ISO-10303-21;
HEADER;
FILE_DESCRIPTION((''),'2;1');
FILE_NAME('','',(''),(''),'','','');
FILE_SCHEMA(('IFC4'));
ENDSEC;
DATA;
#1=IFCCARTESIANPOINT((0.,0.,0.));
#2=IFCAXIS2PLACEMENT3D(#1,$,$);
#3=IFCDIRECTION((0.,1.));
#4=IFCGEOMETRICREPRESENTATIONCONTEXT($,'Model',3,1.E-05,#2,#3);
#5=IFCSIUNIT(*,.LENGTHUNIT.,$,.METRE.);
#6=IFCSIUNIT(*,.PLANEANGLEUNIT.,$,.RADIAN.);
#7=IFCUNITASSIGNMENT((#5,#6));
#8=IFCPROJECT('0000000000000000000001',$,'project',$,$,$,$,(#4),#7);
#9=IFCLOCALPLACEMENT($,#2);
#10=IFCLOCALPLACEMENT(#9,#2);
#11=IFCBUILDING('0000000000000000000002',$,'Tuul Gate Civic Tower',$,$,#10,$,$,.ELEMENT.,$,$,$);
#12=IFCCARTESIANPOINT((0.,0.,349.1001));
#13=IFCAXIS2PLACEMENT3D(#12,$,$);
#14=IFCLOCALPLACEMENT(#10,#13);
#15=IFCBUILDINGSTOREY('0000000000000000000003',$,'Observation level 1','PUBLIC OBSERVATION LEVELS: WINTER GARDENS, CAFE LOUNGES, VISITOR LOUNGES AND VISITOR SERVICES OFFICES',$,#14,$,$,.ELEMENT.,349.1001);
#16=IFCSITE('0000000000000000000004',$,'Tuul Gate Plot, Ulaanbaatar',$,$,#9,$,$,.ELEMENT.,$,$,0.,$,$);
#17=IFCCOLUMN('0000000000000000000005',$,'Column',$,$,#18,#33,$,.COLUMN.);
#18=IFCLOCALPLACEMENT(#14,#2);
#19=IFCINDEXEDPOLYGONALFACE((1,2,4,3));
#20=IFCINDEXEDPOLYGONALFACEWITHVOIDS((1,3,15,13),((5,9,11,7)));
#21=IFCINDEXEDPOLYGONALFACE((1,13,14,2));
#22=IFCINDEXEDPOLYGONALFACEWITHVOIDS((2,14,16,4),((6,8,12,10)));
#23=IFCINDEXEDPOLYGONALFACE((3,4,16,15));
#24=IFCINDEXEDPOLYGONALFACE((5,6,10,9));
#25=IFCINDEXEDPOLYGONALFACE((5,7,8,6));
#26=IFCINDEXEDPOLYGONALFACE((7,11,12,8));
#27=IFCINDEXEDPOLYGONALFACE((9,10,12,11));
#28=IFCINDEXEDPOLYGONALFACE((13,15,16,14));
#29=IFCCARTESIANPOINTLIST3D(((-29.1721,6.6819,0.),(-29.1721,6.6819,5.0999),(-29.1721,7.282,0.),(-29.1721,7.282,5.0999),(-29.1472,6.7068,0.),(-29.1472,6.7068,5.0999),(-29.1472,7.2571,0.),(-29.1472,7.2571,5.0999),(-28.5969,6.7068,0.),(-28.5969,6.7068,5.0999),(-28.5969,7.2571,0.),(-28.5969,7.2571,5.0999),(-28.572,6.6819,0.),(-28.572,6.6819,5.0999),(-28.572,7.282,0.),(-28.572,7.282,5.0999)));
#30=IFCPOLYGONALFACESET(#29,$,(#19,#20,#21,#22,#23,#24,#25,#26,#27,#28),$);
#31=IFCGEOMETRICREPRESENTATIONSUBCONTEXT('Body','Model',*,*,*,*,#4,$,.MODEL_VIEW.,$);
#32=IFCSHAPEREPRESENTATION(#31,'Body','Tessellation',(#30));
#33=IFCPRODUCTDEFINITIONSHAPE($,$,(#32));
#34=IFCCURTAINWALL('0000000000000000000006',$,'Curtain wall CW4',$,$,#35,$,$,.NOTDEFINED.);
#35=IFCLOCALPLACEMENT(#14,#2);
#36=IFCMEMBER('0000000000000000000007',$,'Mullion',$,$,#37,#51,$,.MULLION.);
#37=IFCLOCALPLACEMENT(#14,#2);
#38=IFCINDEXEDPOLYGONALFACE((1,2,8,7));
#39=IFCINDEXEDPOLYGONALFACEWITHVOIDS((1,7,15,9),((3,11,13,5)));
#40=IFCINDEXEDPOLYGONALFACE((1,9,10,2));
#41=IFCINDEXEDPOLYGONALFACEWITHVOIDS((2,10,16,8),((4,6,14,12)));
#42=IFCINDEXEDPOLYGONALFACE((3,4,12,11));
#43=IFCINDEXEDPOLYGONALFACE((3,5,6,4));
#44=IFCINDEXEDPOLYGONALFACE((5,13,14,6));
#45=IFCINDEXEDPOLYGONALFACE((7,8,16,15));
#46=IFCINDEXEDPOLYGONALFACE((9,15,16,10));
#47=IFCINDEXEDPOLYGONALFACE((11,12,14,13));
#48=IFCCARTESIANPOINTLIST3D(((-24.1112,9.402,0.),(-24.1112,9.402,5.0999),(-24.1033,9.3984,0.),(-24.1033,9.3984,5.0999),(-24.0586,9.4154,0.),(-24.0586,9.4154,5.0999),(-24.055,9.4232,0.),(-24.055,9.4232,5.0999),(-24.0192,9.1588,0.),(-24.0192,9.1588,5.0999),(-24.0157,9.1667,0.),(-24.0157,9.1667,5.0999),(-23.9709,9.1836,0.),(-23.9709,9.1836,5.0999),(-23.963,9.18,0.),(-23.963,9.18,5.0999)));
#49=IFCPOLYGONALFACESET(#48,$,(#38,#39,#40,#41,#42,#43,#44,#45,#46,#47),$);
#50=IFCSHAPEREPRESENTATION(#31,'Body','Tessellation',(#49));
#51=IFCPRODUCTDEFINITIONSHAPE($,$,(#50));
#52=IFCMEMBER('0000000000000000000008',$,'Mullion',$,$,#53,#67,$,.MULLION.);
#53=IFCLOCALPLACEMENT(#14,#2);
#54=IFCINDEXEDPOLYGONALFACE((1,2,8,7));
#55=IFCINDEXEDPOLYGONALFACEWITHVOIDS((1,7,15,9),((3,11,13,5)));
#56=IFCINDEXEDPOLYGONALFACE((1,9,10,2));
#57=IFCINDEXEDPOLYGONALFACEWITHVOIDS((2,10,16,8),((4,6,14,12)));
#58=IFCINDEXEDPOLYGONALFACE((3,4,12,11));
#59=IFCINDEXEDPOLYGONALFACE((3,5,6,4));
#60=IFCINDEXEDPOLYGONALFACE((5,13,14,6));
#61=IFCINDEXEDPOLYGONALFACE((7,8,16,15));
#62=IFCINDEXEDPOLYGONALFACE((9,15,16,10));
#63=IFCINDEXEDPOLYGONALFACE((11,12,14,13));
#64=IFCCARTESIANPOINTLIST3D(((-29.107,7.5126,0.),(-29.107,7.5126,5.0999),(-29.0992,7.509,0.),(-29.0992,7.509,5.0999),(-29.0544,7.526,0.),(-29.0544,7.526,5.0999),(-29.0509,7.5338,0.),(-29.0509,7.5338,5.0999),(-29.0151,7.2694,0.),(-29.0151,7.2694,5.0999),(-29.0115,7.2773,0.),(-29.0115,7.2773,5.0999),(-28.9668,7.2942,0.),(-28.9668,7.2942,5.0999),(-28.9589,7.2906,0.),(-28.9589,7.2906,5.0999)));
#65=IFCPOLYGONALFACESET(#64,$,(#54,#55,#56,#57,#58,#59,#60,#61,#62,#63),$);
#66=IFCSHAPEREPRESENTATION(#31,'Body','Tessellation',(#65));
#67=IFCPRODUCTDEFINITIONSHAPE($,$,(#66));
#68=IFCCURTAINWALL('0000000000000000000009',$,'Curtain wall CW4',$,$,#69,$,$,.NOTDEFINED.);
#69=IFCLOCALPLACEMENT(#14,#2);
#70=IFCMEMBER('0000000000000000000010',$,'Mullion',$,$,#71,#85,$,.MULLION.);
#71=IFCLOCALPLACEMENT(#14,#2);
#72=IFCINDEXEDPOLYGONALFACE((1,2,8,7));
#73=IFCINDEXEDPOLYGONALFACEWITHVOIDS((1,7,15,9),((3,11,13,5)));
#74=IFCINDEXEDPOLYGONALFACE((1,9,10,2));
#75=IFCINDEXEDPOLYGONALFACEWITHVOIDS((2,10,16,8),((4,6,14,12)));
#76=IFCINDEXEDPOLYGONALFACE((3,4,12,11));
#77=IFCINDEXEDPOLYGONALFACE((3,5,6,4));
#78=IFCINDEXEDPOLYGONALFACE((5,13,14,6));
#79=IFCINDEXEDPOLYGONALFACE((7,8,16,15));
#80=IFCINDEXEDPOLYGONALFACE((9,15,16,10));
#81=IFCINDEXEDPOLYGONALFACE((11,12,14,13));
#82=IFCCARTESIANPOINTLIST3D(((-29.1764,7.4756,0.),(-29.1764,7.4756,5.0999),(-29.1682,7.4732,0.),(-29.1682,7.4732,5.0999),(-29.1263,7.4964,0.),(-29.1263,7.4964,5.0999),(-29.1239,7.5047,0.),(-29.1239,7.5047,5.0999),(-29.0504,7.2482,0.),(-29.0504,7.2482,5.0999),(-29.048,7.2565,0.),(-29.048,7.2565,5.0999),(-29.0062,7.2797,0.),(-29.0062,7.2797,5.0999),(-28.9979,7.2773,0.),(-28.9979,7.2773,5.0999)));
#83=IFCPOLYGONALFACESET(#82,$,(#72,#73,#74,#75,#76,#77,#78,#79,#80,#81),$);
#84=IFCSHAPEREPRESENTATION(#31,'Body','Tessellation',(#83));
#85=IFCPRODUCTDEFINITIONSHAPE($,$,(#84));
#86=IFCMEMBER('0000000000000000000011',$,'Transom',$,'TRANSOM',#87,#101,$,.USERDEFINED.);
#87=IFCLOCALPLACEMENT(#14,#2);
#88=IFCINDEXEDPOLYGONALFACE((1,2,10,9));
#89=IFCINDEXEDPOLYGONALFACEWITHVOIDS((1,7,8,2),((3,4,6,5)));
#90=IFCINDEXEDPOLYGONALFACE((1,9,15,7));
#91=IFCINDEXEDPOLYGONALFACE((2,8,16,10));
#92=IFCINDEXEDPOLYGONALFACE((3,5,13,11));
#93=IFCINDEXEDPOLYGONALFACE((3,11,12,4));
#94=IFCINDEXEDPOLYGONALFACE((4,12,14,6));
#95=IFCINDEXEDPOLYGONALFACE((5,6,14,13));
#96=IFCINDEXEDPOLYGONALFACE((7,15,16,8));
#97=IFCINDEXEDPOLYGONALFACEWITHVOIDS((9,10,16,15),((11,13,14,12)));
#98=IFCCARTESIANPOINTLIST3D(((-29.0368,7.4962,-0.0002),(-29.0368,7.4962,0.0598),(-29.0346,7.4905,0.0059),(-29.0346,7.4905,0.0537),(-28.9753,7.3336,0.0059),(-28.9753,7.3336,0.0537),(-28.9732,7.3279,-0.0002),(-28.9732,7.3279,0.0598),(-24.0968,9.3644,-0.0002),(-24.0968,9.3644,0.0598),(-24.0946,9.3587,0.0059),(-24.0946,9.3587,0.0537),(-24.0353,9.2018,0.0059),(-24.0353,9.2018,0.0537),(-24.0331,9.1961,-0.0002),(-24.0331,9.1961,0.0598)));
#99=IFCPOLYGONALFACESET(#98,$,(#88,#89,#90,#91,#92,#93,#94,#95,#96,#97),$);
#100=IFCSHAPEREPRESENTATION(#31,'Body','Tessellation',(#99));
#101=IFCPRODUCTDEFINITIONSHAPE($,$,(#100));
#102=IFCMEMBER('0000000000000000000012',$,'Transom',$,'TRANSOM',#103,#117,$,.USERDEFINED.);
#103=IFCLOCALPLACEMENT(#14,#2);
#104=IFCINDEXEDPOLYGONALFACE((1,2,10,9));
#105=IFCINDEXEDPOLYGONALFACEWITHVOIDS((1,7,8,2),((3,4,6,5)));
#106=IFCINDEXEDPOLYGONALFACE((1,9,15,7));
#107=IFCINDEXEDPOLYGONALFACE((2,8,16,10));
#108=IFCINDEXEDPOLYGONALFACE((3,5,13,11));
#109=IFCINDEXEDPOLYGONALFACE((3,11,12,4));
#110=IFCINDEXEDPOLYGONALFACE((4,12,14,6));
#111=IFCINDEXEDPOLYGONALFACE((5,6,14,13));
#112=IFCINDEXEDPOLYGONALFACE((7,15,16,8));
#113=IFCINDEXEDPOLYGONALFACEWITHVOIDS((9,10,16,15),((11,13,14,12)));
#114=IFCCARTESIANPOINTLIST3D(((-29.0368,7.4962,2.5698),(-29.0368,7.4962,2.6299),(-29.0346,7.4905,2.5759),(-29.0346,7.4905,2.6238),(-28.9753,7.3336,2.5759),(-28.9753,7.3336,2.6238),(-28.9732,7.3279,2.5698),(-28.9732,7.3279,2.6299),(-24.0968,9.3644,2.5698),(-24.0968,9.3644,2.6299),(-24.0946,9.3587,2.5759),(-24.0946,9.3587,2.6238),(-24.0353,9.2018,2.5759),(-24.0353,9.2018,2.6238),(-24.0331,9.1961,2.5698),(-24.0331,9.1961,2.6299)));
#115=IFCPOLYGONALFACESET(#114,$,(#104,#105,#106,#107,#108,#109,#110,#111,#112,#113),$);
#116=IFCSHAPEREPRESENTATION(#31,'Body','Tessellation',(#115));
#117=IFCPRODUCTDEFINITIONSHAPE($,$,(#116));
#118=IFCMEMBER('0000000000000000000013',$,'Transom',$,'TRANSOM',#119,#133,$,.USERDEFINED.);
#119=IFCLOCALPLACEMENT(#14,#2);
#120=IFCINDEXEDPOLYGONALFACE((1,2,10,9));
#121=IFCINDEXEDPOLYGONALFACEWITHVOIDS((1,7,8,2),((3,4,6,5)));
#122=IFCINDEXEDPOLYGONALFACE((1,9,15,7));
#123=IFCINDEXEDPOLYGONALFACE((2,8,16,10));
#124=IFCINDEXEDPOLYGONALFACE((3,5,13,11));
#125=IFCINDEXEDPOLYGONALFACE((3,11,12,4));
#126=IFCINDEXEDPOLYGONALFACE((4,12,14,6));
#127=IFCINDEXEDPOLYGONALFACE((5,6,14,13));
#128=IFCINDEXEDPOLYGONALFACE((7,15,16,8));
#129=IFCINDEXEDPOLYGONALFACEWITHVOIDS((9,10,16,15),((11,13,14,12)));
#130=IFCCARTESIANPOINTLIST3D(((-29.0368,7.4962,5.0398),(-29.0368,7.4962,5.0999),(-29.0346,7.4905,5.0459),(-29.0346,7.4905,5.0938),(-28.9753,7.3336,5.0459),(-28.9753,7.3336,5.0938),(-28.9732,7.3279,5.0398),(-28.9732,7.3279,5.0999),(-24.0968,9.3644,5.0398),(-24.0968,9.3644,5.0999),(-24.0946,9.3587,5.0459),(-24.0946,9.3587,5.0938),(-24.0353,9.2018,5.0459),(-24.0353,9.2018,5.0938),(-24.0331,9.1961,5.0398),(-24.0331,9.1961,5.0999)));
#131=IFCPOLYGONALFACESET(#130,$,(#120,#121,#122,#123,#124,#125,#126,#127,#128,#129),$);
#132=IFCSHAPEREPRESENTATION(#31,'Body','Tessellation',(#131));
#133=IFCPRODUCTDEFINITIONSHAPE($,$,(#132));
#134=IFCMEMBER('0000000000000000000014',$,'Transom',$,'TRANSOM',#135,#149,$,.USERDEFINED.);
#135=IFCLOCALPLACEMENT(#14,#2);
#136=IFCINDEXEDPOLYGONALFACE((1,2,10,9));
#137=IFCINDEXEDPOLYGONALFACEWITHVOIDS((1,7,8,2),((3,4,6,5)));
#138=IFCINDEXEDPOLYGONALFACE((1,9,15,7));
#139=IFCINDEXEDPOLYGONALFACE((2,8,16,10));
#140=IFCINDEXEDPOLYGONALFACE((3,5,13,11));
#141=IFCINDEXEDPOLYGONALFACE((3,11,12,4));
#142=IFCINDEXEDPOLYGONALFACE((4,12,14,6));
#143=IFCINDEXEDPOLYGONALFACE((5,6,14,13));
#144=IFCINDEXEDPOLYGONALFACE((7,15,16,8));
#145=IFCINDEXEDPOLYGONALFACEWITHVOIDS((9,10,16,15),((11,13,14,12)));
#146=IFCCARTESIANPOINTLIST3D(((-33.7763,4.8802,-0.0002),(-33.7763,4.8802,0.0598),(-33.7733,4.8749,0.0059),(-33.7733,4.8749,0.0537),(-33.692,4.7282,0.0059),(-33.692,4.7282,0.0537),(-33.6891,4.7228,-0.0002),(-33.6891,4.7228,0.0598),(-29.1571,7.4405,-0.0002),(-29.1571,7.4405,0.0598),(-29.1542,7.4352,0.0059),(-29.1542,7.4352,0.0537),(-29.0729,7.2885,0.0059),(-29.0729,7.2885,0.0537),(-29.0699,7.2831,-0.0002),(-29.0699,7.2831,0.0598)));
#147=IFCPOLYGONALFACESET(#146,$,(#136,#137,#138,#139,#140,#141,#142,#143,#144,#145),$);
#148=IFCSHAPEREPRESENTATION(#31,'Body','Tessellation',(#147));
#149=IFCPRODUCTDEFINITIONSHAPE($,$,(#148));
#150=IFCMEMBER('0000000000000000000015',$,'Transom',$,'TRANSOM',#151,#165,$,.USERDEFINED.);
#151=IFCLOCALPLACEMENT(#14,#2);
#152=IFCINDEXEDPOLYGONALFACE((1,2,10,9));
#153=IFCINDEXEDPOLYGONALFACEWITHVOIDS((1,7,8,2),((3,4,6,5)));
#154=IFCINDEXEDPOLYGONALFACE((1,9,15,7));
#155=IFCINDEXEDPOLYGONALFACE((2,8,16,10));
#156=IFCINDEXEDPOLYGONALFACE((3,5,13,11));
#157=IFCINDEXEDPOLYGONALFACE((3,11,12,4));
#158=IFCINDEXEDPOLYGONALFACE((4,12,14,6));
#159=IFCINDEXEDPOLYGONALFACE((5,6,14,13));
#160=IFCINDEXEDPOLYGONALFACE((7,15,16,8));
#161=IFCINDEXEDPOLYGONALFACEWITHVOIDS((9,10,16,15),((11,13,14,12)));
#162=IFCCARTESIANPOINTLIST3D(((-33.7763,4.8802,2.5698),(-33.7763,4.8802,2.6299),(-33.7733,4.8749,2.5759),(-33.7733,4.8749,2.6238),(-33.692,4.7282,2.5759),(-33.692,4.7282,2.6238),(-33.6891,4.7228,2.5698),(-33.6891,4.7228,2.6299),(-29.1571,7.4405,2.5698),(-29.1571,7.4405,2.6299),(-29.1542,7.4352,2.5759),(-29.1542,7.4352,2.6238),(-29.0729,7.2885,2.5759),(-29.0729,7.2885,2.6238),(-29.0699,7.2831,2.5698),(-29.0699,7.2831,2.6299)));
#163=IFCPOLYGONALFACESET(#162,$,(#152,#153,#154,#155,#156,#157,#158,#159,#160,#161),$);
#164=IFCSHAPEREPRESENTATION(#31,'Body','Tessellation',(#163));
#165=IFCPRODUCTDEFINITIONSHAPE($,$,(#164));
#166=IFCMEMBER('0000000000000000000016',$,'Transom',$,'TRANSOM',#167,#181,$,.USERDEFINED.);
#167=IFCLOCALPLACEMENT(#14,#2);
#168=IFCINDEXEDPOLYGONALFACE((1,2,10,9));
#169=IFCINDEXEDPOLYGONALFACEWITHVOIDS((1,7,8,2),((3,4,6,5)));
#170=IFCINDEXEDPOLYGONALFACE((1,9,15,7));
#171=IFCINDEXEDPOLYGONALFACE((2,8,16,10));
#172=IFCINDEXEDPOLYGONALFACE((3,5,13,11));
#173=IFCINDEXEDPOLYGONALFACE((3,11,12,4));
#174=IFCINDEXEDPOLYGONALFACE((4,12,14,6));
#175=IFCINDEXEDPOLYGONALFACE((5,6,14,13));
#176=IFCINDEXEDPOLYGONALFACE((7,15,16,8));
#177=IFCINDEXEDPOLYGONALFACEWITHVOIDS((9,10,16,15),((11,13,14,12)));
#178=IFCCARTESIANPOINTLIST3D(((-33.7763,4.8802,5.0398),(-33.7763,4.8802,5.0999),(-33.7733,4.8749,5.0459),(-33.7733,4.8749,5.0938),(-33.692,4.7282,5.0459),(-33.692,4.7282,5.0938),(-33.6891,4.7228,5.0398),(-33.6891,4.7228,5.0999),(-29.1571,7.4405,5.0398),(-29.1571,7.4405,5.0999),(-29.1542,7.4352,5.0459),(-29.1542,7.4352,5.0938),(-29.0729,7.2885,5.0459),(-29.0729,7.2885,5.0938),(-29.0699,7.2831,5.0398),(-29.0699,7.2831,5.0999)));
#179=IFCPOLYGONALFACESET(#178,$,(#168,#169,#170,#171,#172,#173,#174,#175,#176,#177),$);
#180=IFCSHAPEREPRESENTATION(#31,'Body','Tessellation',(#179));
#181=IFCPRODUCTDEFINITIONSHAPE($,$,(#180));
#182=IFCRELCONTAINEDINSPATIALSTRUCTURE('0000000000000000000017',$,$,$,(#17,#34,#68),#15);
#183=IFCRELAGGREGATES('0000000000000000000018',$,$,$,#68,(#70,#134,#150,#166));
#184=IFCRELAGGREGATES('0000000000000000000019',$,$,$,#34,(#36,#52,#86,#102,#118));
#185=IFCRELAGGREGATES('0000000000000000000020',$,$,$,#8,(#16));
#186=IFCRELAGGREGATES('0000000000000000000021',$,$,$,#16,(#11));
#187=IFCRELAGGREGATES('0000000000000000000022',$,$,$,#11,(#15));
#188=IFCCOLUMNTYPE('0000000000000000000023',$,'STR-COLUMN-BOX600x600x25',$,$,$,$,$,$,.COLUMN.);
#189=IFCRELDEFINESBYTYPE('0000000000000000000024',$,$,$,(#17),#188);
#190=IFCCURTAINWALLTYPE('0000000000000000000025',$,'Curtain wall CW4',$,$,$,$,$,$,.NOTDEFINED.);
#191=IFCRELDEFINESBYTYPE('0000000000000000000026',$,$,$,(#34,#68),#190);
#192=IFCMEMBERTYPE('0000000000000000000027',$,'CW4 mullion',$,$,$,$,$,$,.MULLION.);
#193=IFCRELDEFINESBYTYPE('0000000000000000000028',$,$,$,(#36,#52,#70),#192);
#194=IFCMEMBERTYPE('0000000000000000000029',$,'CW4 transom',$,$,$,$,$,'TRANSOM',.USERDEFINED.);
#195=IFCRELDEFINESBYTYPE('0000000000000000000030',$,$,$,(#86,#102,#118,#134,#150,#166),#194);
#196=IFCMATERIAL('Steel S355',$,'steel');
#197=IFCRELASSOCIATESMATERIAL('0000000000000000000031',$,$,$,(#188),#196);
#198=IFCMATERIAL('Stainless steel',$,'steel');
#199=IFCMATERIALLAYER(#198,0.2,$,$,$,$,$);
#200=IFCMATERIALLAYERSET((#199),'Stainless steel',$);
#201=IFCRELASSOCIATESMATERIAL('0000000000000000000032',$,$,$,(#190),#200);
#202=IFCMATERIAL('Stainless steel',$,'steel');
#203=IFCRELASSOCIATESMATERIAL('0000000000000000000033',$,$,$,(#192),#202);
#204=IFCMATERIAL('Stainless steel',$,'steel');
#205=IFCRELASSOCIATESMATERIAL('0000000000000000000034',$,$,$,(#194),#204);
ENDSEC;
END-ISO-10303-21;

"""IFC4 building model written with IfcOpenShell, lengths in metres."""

from ifc_helpers import new_model, si_unit, direction, frame, origin, origin_2d, place, context, subcontext, project, spatial, hollow_rectangle, extrude, material, layer, layer_set, material_profile, profile_set, type_object, element, aggregate, save


model = new_model("IFC4")

# Units and contexts
model_context = context("Model", 3, precision=1e-05, world=origin(), true_north=direction((0.0, 1.0)))
body_context = subcontext(model_context, "Body", "Model", "MODEL_VIEW")
ifc_project = project(units=[si_unit("LENGTHUNIT", "METRE"), si_unit("PLANEANGLEUNIT", "RADIAN")], contexts=[model_context])

# Site, building, storey
site_placement = place(None, origin())
site = spatial("IfcSite", under=ifc_project, at=site_placement, Name="Tuul Gate Plot, Ulaanbaatar", CompositionType="ELEMENT", RefElevation=0.0)
building_placement = place(site_placement, origin())
building = spatial("IfcBuilding", under=site, at=building_placement, Name="Tuul Gate Civic Tower", CompositionType="ELEMENT")
storey_placement = place(building_placement, frame((0.0, 0.0, 349.1001)))
storey = spatial("IfcBuildingStorey", under=building, at=storey_placement, Name="Observation level 1", Description="PUBLIC OBSERVATION LEVELS: WINTER GARDENS, CAFE LOUNGES, VISITOR LOUNGES AND VISITOR SERVICES OFFICES", CompositionType="ELEMENT", Elevation=349.1001)

# Column
ifc_material_1 = material(Name="Steel S355", Category="steel")
ifc_material_profile_1 = material_profile(ifc_material_1, hollow_rectangle(XDim=0.6001, YDim=0.6001, WallThickness=0.0249, at=origin_2d()), Name="BOX600x600x25")
ifc_profile_set_1 = profile_set([ifc_material_profile_1], Name="Steel S355")
column_type = type_object("IfcColumnType", Name="STR-COLUMN-BOX600x600x25", PredefinedType="COLUMN", material=ifc_profile_set_1)
column_placement = place(storey_placement, frame((-28.8721, 6.9819, 0.0), z_axis=(0.0, 0.0, 1.0), x_axis=(1.0, 0.0, 0.0)))
element("IfcColumn", 1, at=column_placement, inside=storey, type_object=column_type, Name="Column", PredefinedType="COLUMN", context=body_context, shape_type="SweptSolid", body=[
    extrude(hollow_rectangle(XDim=0.6001, YDim=0.6001, WallThickness=0.0249, at=origin_2d()), origin(), (0.0, 0.0, 1.0), 5.0999),
])

# Curtain wall, members
ifc_material_2 = material(Name="Stainless steel", Category="steel")
ifc_layer_1 = layer(ifc_material_2, 0.2)
ifc_layer_set_1 = layer_set([ifc_layer_1], Name="Stainless steel")
curtain_wall_type = type_object("IfcCurtainWallType", Name="Curtain wall CW4", PredefinedType="NOTDEFINED", material=ifc_layer_set_1)
curtain_wall_1_placement = place(storey_placement, origin())
curtain_wall_1 = element("IfcCurtainWall", 2, at=curtain_wall_1_placement, inside=storey, type_object=curtain_wall_type, Name="Curtain wall CW4", PredefinedType="NOTDEFINED")
ifc_material_3 = material(Name="Stainless steel", Category="steel")
ifc_material_profile_2 = material_profile(ifc_material_3, hollow_rectangle(XDim=0.26, YDim=0.0601, WallThickness=0.0061, at=origin_2d()), Name="CW4 mullion")
ifc_profile_set_2 = profile_set([ifc_material_profile_2], Name="Stainless steel")
member_type_1 = type_object("IfcMemberType", Name="CW4 mullion", PredefinedType="MULLION", material=ifc_profile_set_2)
member_1_placement = place(storey_placement, frame((-24.0371, 9.291, 0.0), z_axis=(0.0, 0.0, 1.0), x_axis=(0.353734, -0.935346, 0.0)))
member_1 = element("IfcMember", 3, at=member_1_placement, type_object=member_type_1, Name="Mullion", PredefinedType="MULLION", context=body_context, shape_type="SweptSolid", body=[
    extrude(hollow_rectangle(XDim=0.26, YDim=0.0601, WallThickness=0.0061, at=origin_2d()), origin(), (0.0, 0.0, 1.0), 5.0999),
])
member_2_placement = place(storey_placement, frame((-29.033, 7.4016, 0.0), z_axis=(0.0, 0.0, 1.0), x_axis=(0.353734, -0.935346, 0.0)))
member_2 = element("IfcMember", 4, at=member_2_placement, type_object=member_type_1, Name="Mullion", PredefinedType="MULLION", context=body_context, shape_type="SweptSolid", body=[
    extrude(hollow_rectangle(XDim=0.26, YDim=0.0601, WallThickness=0.0061, at=origin_2d()), origin(), (0.0, 0.0, 1.0), 5.0999),
])

# Curtain wall, member
curtain_wall_2_placement = place(storey_placement, origin())
curtain_wall_2 = element("IfcCurtainWall", 5, at=curtain_wall_2_placement, inside=storey, type_object=curtain_wall_type, Name="Curtain wall CW4", PredefinedType="NOTDEFINED")
member_3_placement = place(storey_placement, frame((-29.0872, 7.3765, 0.0), z_axis=(0.0, 0.0, 1.0), x_axis=(0.484789, -0.874631, 0.0)))
member_3 = element("IfcMember", 6, at=member_3_placement, type_object=member_type_1, Name="Mullion", PredefinedType="MULLION", context=body_context, shape_type="SweptSolid", body=[
    extrude(hollow_rectangle(XDim=0.26, YDim=0.0601, WallThickness=0.0061, at=origin_2d()), origin(), (0.0, 0.0, 1.0), 5.0999),
])

# Members
ifc_material_4 = material(Name="Stainless steel", Category="steel")
ifc_material_profile_3 = material_profile(ifc_material_4, hollow_rectangle(XDim=0.1799, YDim=0.0601, WallThickness=0.0061, at=origin_2d()), Name="CW4 transom")
ifc_profile_set_3 = profile_set([ifc_material_profile_3], Name="Stainless steel")
member_type_2 = type_object("IfcMemberType", Name="CW4 transom", ElementType="TRANSOM", PredefinedType="USERDEFINED", material=ifc_profile_set_3)
member_4_placement = place(storey_placement, frame((-24.0649, 9.2803, 0.0298), z_axis=(-0.935349, -0.353726, 0.0), x_axis=(0.353726, -0.935349, 0.0)))
member_4 = element("IfcMember", 7, at=member_4_placement, type_object=member_type_2, Name="Transom", ObjectType="TRANSOM", PredefinedType="USERDEFINED", context=body_context, shape_type="SweptSolid", body=[
    extrude(hollow_rectangle(XDim=0.1799, YDim=0.0601, WallThickness=0.0061, at=origin_2d()), origin(), (0.0, 0.0, 1.0), 5.2815),
])
member_5_placement = place(storey_placement, frame((-24.0649, 9.2803, 2.5999), z_axis=(-0.935349, -0.353726, 0.0), x_axis=(0.353726, -0.935349, 0.0)))
member_5 = element("IfcMember", 8, at=member_5_placement, type_object=member_type_2, Name="Transom", ObjectType="TRANSOM", PredefinedType="USERDEFINED", context=body_context, shape_type="SweptSolid", body=[
    extrude(hollow_rectangle(XDim=0.1799, YDim=0.0601, WallThickness=0.0061, at=origin_2d()), origin(), (0.0, 0.0, 1.0), 5.2815),
])
member_6_placement = place(storey_placement, frame((-24.0649, 9.2803, 5.0698), z_axis=(-0.935349, -0.353726, 0.0), x_axis=(0.353726, -0.935349, 0.0)))
member_6 = element("IfcMember", 9, at=member_6_placement, type_object=member_type_2, Name="Transom", ObjectType="TRANSOM", PredefinedType="USERDEFINED", context=body_context, shape_type="SweptSolid", body=[
    extrude(hollow_rectangle(XDim=0.1799, YDim=0.0601, WallThickness=0.0061, at=origin_2d()), origin(), (0.0, 0.0, 1.0), 5.2815),
])
member_7_placement = place(storey_placement, frame((-29.1135, 7.3618, 0.0298), z_axis=(-0.87463, -0.484791, 0.0), x_axis=(0.484791, -0.87463, 0.0)))
member_7 = element("IfcMember", 10, at=member_7_placement, type_object=member_type_2, Name="Transom", ObjectType="TRANSOM", PredefinedType="USERDEFINED", context=body_context, shape_type="SweptSolid", body=[
    extrude(hollow_rectangle(XDim=0.1799, YDim=0.0601, WallThickness=0.0061, at=origin_2d()), origin(), (0.0, 0.0, 1.0), 5.2812),
])
member_8_placement = place(storey_placement, frame((-29.1135, 7.3618, 2.5999), z_axis=(-0.87463, -0.484791, 0.0), x_axis=(0.484791, -0.87463, 0.0)))
member_8 = element("IfcMember", 11, at=member_8_placement, type_object=member_type_2, Name="Transom", ObjectType="TRANSOM", PredefinedType="USERDEFINED", context=body_context, shape_type="SweptSolid", body=[
    extrude(hollow_rectangle(XDim=0.1799, YDim=0.0601, WallThickness=0.0061, at=origin_2d()), origin(), (0.0, 0.0, 1.0), 5.2812),
])
member_9_placement = place(storey_placement, frame((-29.1135, 7.3618, 5.0698), z_axis=(-0.87463, -0.484791, 0.0), x_axis=(0.484791, -0.87463, 0.0)))
member_9 = element("IfcMember", 12, at=member_9_placement, type_object=member_type_2, Name="Transom", ObjectType="TRANSOM", PredefinedType="USERDEFINED", context=body_context, shape_type="SweptSolid", body=[
    extrude(hollow_rectangle(XDim=0.1799, YDim=0.0601, WallThickness=0.0061, at=origin_2d()), origin(), (0.0, 0.0, 1.0), 5.2812),
])
aggregate(curtain_wall_2, [member_3, member_7, member_8, member_9])

aggregate(curtain_wall_1, [member_1, member_2, member_4, member_5, member_6])

save(model, "model.ifc")
